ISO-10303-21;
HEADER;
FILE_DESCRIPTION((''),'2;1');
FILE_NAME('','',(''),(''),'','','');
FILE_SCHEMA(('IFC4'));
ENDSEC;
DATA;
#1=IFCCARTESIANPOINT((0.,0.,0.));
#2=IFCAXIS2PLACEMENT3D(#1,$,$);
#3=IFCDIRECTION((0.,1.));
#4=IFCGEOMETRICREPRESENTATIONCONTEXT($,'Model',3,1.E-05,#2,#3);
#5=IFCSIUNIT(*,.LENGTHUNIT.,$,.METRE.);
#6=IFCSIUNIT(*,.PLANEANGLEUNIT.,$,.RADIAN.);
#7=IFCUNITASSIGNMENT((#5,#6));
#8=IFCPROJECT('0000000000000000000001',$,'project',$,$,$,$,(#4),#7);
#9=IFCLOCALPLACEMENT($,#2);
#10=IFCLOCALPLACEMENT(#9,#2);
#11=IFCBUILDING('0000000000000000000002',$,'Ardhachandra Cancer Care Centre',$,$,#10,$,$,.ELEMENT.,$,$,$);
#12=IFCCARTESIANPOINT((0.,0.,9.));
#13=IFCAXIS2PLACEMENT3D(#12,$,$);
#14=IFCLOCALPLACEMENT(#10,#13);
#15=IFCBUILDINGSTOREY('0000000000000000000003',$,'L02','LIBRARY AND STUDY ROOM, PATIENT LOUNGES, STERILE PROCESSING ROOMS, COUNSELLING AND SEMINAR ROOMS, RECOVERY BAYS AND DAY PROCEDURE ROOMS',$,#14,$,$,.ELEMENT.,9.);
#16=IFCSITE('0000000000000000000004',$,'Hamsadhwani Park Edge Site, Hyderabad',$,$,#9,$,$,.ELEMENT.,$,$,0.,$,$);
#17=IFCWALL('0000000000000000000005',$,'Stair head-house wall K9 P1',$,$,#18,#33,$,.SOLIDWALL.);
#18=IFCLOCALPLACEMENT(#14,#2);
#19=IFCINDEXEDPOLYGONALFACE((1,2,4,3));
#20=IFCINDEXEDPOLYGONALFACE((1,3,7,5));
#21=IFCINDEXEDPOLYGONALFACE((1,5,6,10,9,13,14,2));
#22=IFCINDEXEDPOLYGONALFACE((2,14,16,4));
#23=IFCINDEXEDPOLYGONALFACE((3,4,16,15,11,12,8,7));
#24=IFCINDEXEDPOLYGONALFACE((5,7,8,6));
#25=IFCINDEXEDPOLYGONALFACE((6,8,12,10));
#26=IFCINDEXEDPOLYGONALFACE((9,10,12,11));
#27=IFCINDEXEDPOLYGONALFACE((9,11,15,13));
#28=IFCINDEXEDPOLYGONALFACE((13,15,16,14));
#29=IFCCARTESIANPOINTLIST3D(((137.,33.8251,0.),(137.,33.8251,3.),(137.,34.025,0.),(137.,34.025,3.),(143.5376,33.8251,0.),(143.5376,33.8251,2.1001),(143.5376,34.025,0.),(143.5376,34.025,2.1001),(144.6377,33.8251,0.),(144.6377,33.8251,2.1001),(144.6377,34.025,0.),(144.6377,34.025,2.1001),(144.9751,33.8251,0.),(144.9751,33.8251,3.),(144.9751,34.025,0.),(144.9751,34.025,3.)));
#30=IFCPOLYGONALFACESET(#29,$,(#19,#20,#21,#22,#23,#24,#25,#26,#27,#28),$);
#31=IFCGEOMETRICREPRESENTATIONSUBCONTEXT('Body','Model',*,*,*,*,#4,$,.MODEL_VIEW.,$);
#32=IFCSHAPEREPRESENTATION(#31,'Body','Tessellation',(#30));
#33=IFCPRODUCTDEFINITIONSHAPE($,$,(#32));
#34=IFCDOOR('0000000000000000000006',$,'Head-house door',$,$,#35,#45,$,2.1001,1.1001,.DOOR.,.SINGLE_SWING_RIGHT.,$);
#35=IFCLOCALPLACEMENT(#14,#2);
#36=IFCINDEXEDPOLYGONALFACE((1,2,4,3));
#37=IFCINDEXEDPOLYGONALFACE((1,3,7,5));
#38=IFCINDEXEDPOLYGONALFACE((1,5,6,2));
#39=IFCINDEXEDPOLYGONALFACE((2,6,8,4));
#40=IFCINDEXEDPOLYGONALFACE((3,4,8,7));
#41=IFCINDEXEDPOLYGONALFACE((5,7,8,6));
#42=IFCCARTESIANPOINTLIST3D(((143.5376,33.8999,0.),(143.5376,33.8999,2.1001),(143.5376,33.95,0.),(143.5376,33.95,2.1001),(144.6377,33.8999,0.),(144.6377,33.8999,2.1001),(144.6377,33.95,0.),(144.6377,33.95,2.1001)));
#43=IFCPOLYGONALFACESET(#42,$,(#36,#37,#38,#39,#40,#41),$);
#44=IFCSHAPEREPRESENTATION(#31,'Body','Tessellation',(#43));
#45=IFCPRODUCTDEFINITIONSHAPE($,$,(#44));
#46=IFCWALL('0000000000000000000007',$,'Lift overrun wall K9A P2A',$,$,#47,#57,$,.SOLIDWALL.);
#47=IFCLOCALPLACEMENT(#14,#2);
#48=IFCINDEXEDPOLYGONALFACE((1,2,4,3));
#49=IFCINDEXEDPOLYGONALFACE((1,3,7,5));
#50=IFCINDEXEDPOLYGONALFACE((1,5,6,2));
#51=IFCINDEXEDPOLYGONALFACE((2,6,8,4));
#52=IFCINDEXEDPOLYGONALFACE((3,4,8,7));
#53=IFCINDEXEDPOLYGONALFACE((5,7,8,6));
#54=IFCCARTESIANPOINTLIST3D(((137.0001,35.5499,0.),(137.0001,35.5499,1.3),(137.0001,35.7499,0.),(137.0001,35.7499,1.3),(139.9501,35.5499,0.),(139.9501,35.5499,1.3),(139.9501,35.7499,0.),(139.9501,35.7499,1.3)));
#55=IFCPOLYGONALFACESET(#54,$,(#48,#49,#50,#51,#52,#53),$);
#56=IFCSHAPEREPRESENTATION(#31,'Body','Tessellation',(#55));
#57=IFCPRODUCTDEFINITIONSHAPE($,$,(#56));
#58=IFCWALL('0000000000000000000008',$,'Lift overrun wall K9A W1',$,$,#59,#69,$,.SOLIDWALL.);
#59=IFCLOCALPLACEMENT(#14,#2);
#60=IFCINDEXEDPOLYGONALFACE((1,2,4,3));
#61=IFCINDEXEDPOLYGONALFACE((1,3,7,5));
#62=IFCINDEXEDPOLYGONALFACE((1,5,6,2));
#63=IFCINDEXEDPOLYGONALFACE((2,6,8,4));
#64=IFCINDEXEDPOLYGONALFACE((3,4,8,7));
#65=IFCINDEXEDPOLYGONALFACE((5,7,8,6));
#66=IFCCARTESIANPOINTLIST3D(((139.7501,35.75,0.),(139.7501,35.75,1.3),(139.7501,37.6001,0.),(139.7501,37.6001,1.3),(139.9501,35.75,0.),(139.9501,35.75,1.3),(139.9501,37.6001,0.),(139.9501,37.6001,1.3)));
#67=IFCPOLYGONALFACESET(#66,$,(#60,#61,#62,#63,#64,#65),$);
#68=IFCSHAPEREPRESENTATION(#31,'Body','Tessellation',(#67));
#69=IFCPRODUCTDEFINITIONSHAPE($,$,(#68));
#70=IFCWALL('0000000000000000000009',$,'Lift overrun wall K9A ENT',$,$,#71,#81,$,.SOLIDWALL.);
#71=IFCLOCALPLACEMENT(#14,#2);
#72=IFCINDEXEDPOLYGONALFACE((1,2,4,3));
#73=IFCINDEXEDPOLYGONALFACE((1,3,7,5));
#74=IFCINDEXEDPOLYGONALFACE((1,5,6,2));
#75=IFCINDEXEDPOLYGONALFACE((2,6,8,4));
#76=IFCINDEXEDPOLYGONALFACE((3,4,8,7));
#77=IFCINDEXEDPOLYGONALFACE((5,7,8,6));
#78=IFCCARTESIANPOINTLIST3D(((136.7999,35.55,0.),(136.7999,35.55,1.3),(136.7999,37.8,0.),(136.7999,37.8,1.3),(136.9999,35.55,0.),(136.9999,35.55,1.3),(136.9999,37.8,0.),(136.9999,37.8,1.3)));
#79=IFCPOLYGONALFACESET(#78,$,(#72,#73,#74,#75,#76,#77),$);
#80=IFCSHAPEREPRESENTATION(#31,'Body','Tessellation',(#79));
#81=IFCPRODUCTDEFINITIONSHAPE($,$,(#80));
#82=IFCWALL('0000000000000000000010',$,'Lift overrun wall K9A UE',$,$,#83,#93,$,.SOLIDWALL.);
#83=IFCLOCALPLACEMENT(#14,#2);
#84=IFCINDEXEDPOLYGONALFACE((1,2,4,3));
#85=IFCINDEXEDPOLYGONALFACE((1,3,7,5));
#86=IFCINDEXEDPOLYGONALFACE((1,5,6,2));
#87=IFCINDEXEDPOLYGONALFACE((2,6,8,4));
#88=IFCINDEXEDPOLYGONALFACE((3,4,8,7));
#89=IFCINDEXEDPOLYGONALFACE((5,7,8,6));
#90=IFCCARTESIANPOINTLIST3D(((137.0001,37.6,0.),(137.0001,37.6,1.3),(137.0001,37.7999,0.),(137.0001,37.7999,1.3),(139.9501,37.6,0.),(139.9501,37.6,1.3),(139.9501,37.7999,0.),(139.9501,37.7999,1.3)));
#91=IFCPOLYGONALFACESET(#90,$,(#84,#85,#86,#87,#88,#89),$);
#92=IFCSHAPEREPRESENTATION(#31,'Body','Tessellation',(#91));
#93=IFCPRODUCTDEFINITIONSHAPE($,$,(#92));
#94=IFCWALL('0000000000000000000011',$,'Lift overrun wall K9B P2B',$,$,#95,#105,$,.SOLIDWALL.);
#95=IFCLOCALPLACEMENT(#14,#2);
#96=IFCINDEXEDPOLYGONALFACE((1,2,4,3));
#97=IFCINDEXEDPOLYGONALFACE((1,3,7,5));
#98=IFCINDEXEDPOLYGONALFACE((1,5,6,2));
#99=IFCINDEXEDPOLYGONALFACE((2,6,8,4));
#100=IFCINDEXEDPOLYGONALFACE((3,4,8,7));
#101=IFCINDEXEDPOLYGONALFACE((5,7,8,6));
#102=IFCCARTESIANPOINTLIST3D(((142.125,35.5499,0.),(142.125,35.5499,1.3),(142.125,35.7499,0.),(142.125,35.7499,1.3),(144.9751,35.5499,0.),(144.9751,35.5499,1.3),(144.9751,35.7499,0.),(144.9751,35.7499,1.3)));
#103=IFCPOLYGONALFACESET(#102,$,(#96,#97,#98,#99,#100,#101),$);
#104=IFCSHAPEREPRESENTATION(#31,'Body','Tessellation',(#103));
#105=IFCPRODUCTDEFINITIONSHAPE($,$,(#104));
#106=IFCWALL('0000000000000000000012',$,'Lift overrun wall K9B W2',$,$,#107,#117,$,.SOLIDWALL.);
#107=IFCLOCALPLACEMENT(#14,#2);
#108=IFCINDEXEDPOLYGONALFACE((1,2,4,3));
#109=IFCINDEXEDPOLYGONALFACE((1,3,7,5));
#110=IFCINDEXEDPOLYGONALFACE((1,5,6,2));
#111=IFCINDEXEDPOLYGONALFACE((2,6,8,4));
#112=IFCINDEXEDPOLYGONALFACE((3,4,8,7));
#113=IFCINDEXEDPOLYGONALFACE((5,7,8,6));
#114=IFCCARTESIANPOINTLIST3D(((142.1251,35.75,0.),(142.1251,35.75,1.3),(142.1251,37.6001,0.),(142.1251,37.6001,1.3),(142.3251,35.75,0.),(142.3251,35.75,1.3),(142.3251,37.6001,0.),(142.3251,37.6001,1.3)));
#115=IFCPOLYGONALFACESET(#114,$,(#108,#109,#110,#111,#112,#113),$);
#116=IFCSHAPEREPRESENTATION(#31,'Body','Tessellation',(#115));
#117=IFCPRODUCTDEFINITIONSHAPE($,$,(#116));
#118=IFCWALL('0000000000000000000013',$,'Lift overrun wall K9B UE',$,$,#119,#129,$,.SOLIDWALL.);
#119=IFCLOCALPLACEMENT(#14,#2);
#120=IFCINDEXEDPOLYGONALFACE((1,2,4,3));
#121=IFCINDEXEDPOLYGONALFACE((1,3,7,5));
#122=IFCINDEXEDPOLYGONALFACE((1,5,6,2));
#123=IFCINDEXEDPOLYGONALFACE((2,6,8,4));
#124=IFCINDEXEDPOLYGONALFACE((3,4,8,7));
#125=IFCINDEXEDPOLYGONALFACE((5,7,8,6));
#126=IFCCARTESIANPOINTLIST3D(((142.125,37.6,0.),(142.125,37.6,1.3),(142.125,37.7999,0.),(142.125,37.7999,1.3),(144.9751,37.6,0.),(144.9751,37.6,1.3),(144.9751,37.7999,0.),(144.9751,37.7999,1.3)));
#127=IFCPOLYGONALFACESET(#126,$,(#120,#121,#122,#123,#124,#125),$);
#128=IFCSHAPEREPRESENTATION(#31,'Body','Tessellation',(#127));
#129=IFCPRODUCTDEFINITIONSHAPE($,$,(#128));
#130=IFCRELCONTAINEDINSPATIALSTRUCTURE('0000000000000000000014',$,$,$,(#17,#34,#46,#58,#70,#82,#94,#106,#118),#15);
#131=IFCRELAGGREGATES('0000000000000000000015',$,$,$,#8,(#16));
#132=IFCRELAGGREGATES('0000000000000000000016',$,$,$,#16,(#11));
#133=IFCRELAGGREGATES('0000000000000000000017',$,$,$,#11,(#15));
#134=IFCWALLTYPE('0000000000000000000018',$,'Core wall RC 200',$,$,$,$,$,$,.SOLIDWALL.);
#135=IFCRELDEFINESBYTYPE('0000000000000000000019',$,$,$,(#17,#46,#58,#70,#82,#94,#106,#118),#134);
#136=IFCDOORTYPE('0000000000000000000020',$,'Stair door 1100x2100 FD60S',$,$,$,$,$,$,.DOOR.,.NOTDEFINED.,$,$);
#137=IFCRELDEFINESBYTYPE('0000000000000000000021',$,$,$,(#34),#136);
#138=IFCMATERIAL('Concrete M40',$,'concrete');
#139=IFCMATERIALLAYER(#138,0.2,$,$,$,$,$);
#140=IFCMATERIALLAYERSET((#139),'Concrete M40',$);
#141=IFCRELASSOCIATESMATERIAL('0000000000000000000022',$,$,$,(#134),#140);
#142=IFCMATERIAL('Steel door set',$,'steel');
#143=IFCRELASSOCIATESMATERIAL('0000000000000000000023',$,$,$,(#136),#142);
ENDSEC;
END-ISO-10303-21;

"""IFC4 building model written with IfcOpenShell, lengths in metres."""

from ifc_helpers import new_model, si_unit, direction, frame, frame_2d, origin, place, context, subcontext, project, spatial, rectangle, extrude, material, layer, layer_set, type_object, element, fill, save


model = new_model("IFC4")

# Units and contexts
model_context = context("Model", 3, precision=1e-05, world=origin(), true_north=direction((0.0, 1.0)))
body_context = subcontext(model_context, "Body", "Model", "MODEL_VIEW")
ifc_project = project(units=[si_unit("LENGTHUNIT", "METRE"), si_unit("PLANEANGLEUNIT", "RADIAN")], contexts=[model_context])

# Site, building, storey
site_placement = place(None, origin())
site = spatial("IfcSite", under=ifc_project, at=site_placement, Name="Hamsadhwani Park Edge Site, Hyderabad", CompositionType="ELEMENT", RefElevation=0.0)
building_placement = place(site_placement, origin())
building = spatial("IfcBuilding", under=site, at=building_placement, Name="Ardhachandra Cancer Care Centre", CompositionType="ELEMENT")
storey_placement = place(building_placement, frame((0.0, 0.0, 9.0)))
storey = spatial("IfcBuildingStorey", under=building, at=storey_placement, Name="L02", Description="LIBRARY AND STUDY ROOM, PATIENT LOUNGES, STERILE PROCESSING ROOMS, COUNSELLING AND SEMINAR ROOMS, RECOVERY BAYS AND DAY PROCEDURE ROOMS", CompositionType="ELEMENT", Elevation=9.0)

# Shared definitions
ifc_material_1 = material(Name="Concrete M40", Category="concrete")
ifc_layer_1 = layer(ifc_material_1, 0.2)
ifc_layer_set_1 = layer_set([ifc_layer_1], Name="Concrete M40")
wall_type_1 = type_object("IfcWallType", Name="Core wall RC 200", PredefinedType="SOLIDWALL", material=ifc_layer_set_1)

# Wall, opening, door
wall_1_placement = place(storey_placement, frame((137.0, 33.925, 0.0), z_axis=(0.0, 0.0, 1.0), x_axis=(1.0, 0.0, 0.0)))
wall_1 = element("IfcWall", 1, at=wall_1_placement, inside=storey, type_object=wall_type_1, Name="Stair head-house wall K9 P1", PredefinedType="SOLIDWALL", context=body_context, shape_type="SweptSolid", body=[
    extrude(rectangle(XDim=7.9751, YDim=0.2, at=frame_2d((3.9875, 0.0))), origin(), (0.0, 0.0, 1.0), 3.0),
])
opening_placement = place(wall_1_placement, frame((6.5376, 0.0, 0.0)))
opening = element("IfcOpeningElement", 2, at=opening_placement, cuts=wall_1, PredefinedType="OPENING", context=body_context, shape_type="SweptSolid", body=[
    extrude(rectangle(XDim=1.1001, YDim=2.1001, at=frame_2d((0.55, 1.05))), frame((0.0, 0.1099, 0.0), z_axis=(0.0, -1.0, 0.0), x_axis=(1.0, 0.0, 0.0)), (0.0, 0.0, 1.0), 0.22),
])
ifc_material_2 = material(Name="Steel door set", Category="steel")
door_type = type_object("IfcDoorType", Name="Stair door 1100x2100 FD60S", OperationType="NOTDEFINED", PredefinedType="DOOR", material=ifc_material_2)
door_placement = place(opening_placement, origin())
door = element("IfcDoor", 3, at=door_placement, inside=storey, type_object=door_type, Name="Head-house door", OperationType="SINGLE_SWING_RIGHT", OverallHeight=2.1001, OverallWidth=1.1001, PredefinedType="DOOR", context=body_context, shape_type="SweptSolid", body=[
    extrude(rectangle(XDim=1.1001, YDim=2.1001, at=frame_2d((0.55, 1.05))), frame((0.0, 0.0249, 0.0), z_axis=(0.0, -1.0, 0.0), x_axis=(1.0, 0.0, 0.0)), (0.0, 0.0, 1.0), 0.05),
])
fill(opening, door)

# Walls
wall_2_placement = place(storey_placement, frame((137.0, 35.6499, 0.0), z_axis=(0.0, 0.0, 1.0), x_axis=(1.0, 0.0, 0.0)))
element("IfcWall", 4, at=wall_2_placement, inside=storey, type_object=wall_type_1, Name="Lift overrun wall K9A P2A", PredefinedType="SOLIDWALL", context=body_context, shape_type="SweptSolid", body=[
    extrude(rectangle(XDim=2.95, YDim=0.2, at=frame_2d((1.4751, 0.0))), origin(), (0.0, 0.0, 1.0), 1.3),
])
wall_3_placement = place(storey_placement, frame((139.8501, 35.75, 0.0), z_axis=(0.0, 0.0, 1.0), x_axis=(0.0, 1.0, 0.0)))
element("IfcWall", 5, at=wall_3_placement, inside=storey, type_object=wall_type_1, Name="Lift overrun wall K9A W1", PredefinedType="SOLIDWALL", context=body_context, shape_type="SweptSolid", body=[
    extrude(rectangle(XDim=1.8501, YDim=0.2, at=frame_2d((0.925, 0.0))), origin(), (0.0, 0.0, 1.0), 1.3),
])
wall_4_placement = place(storey_placement, frame((136.8999, 35.55, 0.0), z_axis=(0.0, 0.0, 1.0), x_axis=(0.0, 1.0, 0.0)))
element("IfcWall", 6, at=wall_4_placement, inside=storey, type_object=wall_type_1, Name="Lift overrun wall K9A ENT", PredefinedType="SOLIDWALL", context=body_context, shape_type="SweptSolid", body=[
    extrude(rectangle(XDim=2.25, YDim=0.2, at=frame_2d((1.125, 0.0))), origin(), (0.0, 0.0, 1.0), 1.3),
])
wall_5_placement = place(storey_placement, frame((137.0, 37.7, 0.0), z_axis=(0.0, 0.0, 1.0), x_axis=(1.0, 0.0, 0.0)))
element("IfcWall", 7, at=wall_5_placement, inside=storey, type_object=wall_type_1, Name="Lift overrun wall K9A UE", PredefinedType="SOLIDWALL", context=body_context, shape_type="SweptSolid", body=[
    extrude(rectangle(XDim=2.95, YDim=0.2, at=frame_2d((1.4751, 0.0))), origin(), (0.0, 0.0, 1.0), 1.3),
])
wall_6_placement = place(storey_placement, frame((142.125, 35.6499, 0.0), z_axis=(0.0, 0.0, 1.0), x_axis=(1.0, 0.0, 0.0)))
element("IfcWall", 8, at=wall_6_placement, inside=storey, type_object=wall_type_1, Name="Lift overrun wall K9B P2B", PredefinedType="SOLIDWALL", context=body_context, shape_type="SweptSolid", body=[
    extrude(rectangle(XDim=2.8501, YDim=0.2, at=frame_2d((1.425, 0.0))), origin(), (0.0, 0.0, 1.0), 1.3),
])
wall_7_placement = place(storey_placement, frame((142.2251, 35.75, 0.0), z_axis=(0.0, 0.0, 1.0), x_axis=(0.0, 1.0, 0.0)))
element("IfcWall", 9, at=wall_7_placement, inside=storey, type_object=wall_type_1, Name="Lift overrun wall K9B W2", PredefinedType="SOLIDWALL", context=body_context, shape_type="SweptSolid", body=[
    extrude(rectangle(XDim=1.8501, YDim=0.2, at=frame_2d((0.925, 0.0))), origin(), (0.0, 0.0, 1.0), 1.3),
])
wall_8_placement = place(storey_placement, frame((142.125, 37.7, 0.0), z_axis=(0.0, 0.0, 1.0), x_axis=(1.0, 0.0, 0.0)))
element("IfcWall", 10, at=wall_8_placement, inside=storey, type_object=wall_type_1, Name="Lift overrun wall K9B UE", PredefinedType="SOLIDWALL", context=body_context, shape_type="SweptSolid", body=[
    extrude(rectangle(XDim=2.8501, YDim=0.2, at=frame_2d((1.425, 0.0))), origin(), (0.0, 0.0, 1.0), 1.3),
])

save(model, "model.ifc")
